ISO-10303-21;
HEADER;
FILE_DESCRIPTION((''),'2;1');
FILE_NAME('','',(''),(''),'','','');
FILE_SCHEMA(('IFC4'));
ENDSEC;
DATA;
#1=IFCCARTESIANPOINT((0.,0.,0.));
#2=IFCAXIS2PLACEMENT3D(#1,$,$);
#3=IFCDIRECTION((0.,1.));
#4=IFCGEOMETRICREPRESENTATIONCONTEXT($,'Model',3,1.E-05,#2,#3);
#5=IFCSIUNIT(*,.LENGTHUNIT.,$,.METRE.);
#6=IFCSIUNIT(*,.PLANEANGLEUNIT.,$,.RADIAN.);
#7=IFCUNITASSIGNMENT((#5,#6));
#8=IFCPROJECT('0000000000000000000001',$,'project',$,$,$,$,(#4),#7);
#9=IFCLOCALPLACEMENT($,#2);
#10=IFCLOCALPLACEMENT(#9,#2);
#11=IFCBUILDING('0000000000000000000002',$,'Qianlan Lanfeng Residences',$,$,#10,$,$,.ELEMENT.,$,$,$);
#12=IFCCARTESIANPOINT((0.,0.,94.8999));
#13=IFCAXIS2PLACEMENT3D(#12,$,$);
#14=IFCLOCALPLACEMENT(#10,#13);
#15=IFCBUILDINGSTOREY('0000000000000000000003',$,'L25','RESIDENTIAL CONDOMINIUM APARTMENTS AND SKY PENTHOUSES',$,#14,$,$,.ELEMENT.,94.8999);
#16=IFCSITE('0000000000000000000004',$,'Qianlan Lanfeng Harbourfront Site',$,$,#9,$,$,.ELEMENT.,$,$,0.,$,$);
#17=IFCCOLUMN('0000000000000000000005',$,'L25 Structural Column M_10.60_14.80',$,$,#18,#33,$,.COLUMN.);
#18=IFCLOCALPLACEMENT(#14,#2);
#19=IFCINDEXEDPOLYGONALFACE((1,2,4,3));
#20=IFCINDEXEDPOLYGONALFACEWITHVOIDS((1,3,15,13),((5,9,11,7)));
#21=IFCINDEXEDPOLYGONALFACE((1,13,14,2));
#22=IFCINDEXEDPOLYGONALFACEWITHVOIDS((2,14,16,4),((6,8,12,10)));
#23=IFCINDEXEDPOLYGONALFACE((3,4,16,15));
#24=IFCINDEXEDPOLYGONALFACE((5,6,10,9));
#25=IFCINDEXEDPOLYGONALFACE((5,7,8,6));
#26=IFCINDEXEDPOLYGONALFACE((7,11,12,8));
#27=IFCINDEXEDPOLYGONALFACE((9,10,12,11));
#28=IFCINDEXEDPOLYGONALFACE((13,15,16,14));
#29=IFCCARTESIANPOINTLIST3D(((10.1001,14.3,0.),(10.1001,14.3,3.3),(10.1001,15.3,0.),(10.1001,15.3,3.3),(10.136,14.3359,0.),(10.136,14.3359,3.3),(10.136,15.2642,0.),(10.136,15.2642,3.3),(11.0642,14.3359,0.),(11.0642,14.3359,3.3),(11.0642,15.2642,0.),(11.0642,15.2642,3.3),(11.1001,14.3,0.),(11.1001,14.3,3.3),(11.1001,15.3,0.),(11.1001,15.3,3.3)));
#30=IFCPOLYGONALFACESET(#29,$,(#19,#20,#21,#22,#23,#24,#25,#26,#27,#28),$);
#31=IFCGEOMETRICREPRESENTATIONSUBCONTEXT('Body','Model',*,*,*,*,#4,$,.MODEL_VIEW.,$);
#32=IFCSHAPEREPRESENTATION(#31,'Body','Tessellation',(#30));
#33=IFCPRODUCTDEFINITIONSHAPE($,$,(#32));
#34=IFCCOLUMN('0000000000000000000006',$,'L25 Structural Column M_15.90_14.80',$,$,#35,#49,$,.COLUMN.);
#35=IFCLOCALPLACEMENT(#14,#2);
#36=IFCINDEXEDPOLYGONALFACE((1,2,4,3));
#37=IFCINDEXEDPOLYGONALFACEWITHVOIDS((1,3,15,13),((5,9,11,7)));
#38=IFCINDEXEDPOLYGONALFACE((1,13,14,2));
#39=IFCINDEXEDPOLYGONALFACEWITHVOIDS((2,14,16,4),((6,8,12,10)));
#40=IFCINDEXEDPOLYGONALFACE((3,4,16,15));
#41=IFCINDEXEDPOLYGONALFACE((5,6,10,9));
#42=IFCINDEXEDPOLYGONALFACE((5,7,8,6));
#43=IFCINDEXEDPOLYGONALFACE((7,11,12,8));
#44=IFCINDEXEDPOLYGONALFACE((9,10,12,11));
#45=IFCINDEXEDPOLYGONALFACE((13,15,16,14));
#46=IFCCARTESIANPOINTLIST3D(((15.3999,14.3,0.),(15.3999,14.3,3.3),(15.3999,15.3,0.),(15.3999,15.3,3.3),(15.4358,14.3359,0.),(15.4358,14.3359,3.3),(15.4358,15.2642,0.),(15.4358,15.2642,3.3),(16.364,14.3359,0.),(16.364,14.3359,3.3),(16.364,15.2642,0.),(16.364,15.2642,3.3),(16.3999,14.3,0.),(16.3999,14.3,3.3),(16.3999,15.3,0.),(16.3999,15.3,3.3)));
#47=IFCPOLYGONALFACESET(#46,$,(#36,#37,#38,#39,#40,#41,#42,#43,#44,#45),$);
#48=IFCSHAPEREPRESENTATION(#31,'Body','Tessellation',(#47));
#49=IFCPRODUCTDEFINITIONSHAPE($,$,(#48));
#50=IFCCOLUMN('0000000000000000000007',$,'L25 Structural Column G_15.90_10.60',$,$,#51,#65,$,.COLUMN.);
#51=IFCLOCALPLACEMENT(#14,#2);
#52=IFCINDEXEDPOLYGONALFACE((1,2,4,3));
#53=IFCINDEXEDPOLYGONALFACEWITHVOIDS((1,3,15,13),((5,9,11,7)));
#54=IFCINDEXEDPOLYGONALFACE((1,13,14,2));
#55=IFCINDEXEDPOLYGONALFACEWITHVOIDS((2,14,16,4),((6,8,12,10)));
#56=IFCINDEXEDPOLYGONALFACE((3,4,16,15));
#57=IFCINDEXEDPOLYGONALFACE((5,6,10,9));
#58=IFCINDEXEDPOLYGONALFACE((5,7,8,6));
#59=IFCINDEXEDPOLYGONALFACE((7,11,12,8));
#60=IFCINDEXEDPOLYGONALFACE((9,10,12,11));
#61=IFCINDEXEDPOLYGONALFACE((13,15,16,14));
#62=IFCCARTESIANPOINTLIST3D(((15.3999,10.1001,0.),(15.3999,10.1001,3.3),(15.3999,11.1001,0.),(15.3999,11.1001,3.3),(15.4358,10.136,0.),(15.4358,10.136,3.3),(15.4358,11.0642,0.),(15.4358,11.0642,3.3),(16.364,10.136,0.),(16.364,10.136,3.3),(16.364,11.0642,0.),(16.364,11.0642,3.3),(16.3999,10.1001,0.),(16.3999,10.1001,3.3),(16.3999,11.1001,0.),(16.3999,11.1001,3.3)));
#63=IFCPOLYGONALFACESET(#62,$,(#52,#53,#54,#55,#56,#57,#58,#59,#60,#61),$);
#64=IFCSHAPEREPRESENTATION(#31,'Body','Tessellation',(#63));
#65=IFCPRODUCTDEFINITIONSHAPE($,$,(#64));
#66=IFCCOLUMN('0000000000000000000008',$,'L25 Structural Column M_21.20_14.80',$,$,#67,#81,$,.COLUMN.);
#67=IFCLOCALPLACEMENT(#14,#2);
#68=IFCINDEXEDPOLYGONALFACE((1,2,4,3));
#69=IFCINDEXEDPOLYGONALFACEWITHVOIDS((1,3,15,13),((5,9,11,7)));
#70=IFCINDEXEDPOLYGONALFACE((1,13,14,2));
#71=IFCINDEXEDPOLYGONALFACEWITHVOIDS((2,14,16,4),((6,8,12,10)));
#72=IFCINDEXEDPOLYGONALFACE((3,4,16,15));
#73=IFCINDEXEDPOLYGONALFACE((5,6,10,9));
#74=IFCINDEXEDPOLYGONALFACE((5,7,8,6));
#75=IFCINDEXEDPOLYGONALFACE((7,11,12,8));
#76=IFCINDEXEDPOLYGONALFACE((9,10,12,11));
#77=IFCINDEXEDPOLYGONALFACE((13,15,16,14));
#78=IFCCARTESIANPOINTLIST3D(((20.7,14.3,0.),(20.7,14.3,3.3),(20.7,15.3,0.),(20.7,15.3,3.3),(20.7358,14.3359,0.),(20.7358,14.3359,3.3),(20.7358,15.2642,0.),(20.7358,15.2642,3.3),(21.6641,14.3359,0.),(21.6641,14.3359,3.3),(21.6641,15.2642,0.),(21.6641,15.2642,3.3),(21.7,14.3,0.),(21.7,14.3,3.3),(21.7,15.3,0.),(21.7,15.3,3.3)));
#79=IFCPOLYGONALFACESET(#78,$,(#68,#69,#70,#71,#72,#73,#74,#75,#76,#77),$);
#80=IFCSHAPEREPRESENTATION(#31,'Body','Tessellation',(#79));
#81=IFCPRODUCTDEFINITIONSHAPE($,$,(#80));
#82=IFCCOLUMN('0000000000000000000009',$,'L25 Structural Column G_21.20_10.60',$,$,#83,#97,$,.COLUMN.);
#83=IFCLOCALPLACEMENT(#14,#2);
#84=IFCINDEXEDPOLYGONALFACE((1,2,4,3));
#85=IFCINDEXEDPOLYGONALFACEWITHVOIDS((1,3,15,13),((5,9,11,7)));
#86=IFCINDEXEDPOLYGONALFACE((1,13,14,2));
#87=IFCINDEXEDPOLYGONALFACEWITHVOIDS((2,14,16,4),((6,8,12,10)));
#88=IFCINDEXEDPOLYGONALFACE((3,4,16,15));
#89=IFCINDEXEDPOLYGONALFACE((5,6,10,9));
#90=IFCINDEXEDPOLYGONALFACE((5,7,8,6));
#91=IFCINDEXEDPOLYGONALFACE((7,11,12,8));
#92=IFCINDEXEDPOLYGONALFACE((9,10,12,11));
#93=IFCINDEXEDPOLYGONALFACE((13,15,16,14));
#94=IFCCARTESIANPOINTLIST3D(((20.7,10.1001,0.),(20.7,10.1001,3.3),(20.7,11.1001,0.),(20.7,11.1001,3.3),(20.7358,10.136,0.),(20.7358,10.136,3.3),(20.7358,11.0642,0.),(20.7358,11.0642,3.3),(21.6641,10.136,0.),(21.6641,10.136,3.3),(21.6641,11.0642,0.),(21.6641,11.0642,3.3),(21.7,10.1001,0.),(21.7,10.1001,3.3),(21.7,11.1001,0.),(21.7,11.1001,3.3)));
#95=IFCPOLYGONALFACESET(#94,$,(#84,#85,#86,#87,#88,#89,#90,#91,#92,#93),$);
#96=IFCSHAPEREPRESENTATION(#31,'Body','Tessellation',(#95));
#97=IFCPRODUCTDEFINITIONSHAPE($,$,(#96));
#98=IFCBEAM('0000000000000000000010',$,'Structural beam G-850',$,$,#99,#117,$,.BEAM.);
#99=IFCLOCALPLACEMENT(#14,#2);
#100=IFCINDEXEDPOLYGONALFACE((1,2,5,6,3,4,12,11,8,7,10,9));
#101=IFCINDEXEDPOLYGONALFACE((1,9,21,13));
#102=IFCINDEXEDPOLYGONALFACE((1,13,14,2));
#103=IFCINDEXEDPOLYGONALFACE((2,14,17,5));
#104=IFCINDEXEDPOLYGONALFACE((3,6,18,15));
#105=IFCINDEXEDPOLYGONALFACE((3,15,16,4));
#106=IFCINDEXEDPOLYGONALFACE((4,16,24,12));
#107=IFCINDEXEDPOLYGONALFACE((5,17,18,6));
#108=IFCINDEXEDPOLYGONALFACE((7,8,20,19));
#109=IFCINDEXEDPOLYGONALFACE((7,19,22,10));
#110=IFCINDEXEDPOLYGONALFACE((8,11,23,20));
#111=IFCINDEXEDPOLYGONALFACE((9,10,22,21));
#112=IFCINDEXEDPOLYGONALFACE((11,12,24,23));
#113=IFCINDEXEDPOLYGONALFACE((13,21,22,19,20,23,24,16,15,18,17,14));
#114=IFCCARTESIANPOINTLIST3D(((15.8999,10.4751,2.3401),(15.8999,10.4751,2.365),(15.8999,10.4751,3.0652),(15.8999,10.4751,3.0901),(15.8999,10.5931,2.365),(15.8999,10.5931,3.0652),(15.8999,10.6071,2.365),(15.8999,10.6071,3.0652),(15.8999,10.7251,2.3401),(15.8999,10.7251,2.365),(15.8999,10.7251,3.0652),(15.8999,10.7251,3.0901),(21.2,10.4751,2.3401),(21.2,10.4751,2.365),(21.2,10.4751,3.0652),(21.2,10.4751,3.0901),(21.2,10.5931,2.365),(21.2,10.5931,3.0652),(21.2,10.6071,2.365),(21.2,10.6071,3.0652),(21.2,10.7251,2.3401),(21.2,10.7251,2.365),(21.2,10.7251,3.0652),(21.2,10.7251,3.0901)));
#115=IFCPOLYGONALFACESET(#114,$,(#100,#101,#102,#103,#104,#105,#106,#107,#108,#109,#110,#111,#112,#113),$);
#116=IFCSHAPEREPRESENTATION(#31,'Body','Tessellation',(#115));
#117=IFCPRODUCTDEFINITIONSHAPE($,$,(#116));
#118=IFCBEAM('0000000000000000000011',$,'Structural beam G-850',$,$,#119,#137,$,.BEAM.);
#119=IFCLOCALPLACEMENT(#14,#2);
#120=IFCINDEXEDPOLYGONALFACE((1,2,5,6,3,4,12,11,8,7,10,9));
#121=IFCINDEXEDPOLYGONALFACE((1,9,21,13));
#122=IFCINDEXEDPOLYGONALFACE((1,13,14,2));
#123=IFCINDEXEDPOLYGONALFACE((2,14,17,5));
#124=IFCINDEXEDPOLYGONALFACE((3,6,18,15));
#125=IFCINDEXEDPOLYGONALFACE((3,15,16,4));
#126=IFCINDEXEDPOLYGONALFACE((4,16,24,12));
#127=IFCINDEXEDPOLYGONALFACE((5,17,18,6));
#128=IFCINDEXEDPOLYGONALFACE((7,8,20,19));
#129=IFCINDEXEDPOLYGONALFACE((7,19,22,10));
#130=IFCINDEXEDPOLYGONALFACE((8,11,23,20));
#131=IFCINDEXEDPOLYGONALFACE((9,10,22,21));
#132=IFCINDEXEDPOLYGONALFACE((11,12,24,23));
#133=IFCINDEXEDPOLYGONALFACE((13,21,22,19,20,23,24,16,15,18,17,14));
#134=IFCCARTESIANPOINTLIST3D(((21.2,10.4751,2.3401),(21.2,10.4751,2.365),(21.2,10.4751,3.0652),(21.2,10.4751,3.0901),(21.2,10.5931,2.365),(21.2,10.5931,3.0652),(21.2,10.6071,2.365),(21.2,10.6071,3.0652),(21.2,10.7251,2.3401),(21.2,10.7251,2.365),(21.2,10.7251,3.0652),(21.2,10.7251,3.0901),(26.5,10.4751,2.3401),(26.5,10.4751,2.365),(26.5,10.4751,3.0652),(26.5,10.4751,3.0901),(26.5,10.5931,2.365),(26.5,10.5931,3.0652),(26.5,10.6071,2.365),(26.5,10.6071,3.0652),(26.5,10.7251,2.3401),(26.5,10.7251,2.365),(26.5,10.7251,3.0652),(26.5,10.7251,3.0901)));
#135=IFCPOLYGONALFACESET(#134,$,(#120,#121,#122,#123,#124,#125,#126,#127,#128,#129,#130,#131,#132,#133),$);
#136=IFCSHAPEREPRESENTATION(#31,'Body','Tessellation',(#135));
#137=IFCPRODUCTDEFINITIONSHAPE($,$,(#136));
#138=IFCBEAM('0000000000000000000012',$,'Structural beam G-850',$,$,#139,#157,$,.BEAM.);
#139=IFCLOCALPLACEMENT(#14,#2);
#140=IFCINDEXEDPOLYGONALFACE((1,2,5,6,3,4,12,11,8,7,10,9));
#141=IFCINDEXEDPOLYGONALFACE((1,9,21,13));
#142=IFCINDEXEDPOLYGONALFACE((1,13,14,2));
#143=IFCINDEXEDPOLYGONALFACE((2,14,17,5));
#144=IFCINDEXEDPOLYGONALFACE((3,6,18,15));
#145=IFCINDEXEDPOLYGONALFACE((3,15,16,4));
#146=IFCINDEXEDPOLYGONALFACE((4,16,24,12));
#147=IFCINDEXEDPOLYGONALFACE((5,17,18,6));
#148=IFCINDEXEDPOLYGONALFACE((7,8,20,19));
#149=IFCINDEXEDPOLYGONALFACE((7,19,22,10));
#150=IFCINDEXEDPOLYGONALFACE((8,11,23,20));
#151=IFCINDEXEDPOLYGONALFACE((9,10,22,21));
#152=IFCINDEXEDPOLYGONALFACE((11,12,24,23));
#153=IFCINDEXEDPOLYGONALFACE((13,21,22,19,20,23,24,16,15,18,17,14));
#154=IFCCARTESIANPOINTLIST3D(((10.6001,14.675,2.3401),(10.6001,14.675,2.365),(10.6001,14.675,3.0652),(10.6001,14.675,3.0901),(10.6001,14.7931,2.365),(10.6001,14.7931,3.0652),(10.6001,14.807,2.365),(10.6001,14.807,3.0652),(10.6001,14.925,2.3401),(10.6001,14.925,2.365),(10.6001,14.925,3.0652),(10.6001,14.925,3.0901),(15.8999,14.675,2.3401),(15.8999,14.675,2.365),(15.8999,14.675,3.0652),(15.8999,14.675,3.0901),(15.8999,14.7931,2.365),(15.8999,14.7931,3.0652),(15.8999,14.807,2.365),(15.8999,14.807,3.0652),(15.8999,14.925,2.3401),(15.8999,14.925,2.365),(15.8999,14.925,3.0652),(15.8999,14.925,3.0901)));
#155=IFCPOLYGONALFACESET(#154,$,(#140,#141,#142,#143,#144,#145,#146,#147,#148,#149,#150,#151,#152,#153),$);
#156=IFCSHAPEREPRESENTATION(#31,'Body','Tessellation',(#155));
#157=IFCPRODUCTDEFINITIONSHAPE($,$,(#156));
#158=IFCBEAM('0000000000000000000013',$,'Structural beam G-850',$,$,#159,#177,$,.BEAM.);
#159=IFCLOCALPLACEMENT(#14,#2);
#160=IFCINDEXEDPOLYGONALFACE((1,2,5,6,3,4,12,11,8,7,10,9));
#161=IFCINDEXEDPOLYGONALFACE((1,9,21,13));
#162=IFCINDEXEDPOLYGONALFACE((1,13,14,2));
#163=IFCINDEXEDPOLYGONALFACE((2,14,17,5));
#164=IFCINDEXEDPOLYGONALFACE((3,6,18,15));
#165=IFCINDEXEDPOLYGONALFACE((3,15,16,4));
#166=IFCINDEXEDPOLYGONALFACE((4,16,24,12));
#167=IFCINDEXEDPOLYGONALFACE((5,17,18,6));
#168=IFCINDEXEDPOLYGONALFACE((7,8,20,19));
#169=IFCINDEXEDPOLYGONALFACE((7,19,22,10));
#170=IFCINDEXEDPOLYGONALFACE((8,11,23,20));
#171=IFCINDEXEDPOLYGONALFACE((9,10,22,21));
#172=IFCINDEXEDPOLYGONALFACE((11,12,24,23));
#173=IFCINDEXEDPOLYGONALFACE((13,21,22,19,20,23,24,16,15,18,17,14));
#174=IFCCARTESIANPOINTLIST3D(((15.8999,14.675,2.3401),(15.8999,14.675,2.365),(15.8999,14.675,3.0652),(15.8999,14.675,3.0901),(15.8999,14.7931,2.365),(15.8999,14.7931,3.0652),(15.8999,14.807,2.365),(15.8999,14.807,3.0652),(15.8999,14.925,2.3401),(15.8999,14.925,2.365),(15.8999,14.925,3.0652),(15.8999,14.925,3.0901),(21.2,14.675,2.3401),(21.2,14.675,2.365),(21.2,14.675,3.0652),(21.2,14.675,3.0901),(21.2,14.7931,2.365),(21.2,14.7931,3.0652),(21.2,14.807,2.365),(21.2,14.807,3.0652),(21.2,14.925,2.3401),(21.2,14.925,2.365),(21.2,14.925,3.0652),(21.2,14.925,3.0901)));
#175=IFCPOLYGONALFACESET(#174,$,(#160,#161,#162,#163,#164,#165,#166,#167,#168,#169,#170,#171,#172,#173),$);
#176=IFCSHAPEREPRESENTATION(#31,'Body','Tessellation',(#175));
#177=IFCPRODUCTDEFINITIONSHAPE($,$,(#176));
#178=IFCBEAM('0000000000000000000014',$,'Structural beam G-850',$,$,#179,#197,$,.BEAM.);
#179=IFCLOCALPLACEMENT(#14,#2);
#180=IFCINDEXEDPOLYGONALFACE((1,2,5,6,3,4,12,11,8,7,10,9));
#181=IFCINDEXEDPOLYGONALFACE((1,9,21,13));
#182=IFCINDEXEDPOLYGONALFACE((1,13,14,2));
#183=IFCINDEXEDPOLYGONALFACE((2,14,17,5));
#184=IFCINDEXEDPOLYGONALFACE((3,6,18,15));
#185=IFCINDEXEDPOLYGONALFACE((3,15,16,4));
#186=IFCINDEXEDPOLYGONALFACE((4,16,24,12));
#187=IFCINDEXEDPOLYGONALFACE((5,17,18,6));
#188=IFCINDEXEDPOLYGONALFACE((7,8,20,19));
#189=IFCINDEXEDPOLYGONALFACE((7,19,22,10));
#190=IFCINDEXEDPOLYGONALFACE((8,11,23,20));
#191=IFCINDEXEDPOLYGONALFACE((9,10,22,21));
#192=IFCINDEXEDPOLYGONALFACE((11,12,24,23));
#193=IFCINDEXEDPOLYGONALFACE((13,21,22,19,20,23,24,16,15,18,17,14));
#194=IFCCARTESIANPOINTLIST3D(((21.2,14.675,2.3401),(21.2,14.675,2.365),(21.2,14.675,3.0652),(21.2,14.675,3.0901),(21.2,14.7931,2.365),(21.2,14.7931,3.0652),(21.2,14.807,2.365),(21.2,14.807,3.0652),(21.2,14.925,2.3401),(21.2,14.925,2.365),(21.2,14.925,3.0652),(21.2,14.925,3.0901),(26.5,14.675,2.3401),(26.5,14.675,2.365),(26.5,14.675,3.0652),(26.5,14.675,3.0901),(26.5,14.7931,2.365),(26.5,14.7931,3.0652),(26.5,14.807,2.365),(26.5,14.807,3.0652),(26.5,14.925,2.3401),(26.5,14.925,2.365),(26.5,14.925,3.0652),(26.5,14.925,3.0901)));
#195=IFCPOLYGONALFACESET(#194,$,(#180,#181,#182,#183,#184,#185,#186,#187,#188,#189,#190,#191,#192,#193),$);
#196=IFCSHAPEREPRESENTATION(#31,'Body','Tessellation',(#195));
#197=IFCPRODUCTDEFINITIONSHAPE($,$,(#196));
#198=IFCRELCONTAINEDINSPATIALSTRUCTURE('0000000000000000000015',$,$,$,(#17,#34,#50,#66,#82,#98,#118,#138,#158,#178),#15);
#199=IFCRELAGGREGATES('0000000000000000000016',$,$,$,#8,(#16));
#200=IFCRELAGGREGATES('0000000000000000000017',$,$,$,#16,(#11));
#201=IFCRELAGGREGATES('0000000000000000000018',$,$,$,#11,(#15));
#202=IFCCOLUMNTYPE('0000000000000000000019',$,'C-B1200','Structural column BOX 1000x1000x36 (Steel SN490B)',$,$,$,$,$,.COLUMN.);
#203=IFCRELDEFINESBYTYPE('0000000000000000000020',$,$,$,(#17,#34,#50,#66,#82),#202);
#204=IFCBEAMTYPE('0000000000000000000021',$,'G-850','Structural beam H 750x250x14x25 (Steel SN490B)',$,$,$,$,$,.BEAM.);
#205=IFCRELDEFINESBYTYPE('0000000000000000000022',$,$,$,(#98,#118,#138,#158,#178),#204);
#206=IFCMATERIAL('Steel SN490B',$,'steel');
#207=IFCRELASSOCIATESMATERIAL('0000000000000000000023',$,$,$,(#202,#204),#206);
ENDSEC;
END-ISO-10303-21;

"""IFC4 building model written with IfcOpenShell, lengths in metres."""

from ifc_helpers import new_model, si_unit, direction, frame, origin, origin_2d, place, context, subcontext, project, spatial, hollow_rectangle, i_section, extrude, material, material_profile, profile_set, type_object, element, save


model = new_model("IFC4")

# Units and contexts
model_context = context("Model", 3, precision=1e-05, world=origin(), true_north=direction((0.0, 1.0)))
body_context = subcontext(model_context, "Body", "Model", "MODEL_VIEW")
ifc_project = project(units=[si_unit("LENGTHUNIT", "METRE"), si_unit("PLANEANGLEUNIT", "RADIAN")], contexts=[model_context])

# Site, building, storey
site_placement = place(None, origin())
site = spatial("IfcSite", under=ifc_project, at=site_placement, Name="Qianlan Lanfeng Harbourfront Site", CompositionType="ELEMENT", RefElevation=0.0)
building_placement = place(site_placement, origin())
building = spatial("IfcBuilding", under=site, at=building_placement, Name="Qianlan Lanfeng Residences", CompositionType="ELEMENT")
storey_placement = place(building_placement, frame((0.0, 0.0, 94.8999)))
storey = spatial("IfcBuildingStorey", under=building, at=storey_placement, Name="L25", Description="RESIDENTIAL CONDOMINIUM APARTMENTS AND SKY PENTHOUSES", CompositionType="ELEMENT", Elevation=94.8999)

# Columns
ifc_material_1 = material(Name="Steel SN490B", Category="steel")
ifc_material_profile_1 = material_profile(ifc_material_1, hollow_rectangle(XDim=1.0, YDim=1.0, WallThickness=0.0359, at=origin_2d()), Name="BOX 1000x1000x36")
ifc_profile_set_1 = profile_set([ifc_material_profile_1], Name="Steel SN490B")
column_type = type_object("IfcColumnType", Name="C-B1200", Description="Structural column BOX 1000x1000x36 (Steel SN490B)", PredefinedType="COLUMN", material=ifc_profile_set_1)
for number, where, z_axis, x_axis, name in (
    (1, (10.6001, 14.8, 0.0), (0.0, 0.0, 1.0), (1.0, 0.0, 0.0), "L25 Structural Column M_10.60_14.80"),
    (2, (15.8999, 14.8, 0.0), (0.0, 0.0, 1.0), (1.0, 0.0, 0.0), "L25 Structural Column M_15.90_14.80"),
    (3, (15.8999, 10.6001, 0.0), (0.0, 0.0, 1.0), (1.0, 0.0, 0.0), "L25 Structural Column G_15.90_10.60"),
    (4, (21.2, 14.8, 0.0), (0.0, 0.0, 1.0), (1.0, 0.0, 0.0), "L25 Structural Column M_21.20_14.80"),
    (5, (21.2, 10.6001, 0.0), (0.0, 0.0, 1.0), (1.0, 0.0, 0.0), "L25 Structural Column G_21.20_10.60"),
):
    element("IfcColumn", number, at=place(storey_placement, frame(where, z_axis=z_axis, x_axis=x_axis)), inside=storey, type_object=column_type, Name=name, PredefinedType="COLUMN", context=body_context, shape_type="SweptSolid", body=[
        extrude(hollow_rectangle(XDim=1.0, YDim=1.0, WallThickness=0.0359, at=origin_2d()), origin(), (0.0, 0.0, 1.0), 3.3),
    ])

# Beams
ifc_material_profile_2 = material_profile(ifc_material_1, i_section(OverallWidth=0.25, OverallDepth=0.75, WebThickness=0.0139, FlangeThickness=0.0249, at=origin_2d()), Name="H 750x250x14x25")
ifc_profile_set_2 = profile_set([ifc_material_profile_2], Name="Steel SN490B")
beam_type_1 = type_object("IfcBeamType", Name="G-850", Description="Structural beam H 750x250x14x25 (Steel SN490B)", PredefinedType="BEAM", material=ifc_profile_set_2)
for number, where, z_axis, x_axis, name in (
    (6, (15.8999, 10.6001, 2.7151), (1.0, 0.0, 0.0), (0.0, 1.0, 0.0), "Structural beam G-850"),
    (7, (21.2, 10.6001, 2.7151), (1.0, 0.0, 0.0), (0.0, 1.0, 0.0), "Structural beam G-850"),
):
    element("IfcBeam", number, at=place(storey_placement, frame(where, z_axis=z_axis, x_axis=x_axis)), inside=storey, type_object=beam_type_1, Name=name, PredefinedType="BEAM", context=body_context, shape_type="SweptSolid", body=[
        extrude(i_section(OverallWidth=0.25, OverallDepth=0.75, WebThickness=0.0139, FlangeThickness=0.0249, at=origin_2d()), origin(), (0.0, 0.0, 1.0), 5.3),
    ])
beam_1_placement = place(storey_placement, frame((10.6001, 14.8, 2.7151), z_axis=(1.0, 0.0, 0.0), x_axis=(0.0, 1.0, 0.0)))
element("IfcBeam", 8, at=beam_1_placement, inside=storey, type_object=beam_type_1, Name="Structural beam G-850", PredefinedType="BEAM", context=body_context, shape_type="SweptSolid", body=[
    extrude(i_section(OverallWidth=0.25, OverallDepth=0.75, WebThickness=0.0139, FlangeThickness=0.0249, at=origin_2d()), origin(), (0.0, 0.0, 1.0), 5.2998),
])
for number, where, z_axis, x_axis, name in (
    (9, (15.8999, 14.8, 2.7151), (1.0, 0.0, 0.0), (0.0, 1.0, 0.0), "Structural beam G-850"),
    (10, (21.2, 14.8, 2.7151), (1.0, 0.0, 0.0), (0.0, 1.0, 0.0), "Structural beam G-850"),
):
    element("IfcBeam", number, at=place(storey_placement, frame(where, z_axis=z_axis, x_axis=x_axis)), inside=storey, type_object=beam_type_1, Name=name, PredefinedType="BEAM", context=body_context, shape_type="SweptSolid", body=[
        extrude(i_section(OverallWidth=0.25, OverallDepth=0.75, WebThickness=0.0139, FlangeThickness=0.0249, at=origin_2d()), origin(), (0.0, 0.0, 1.0), 5.3),
    ])

save(model, "model.ifc")
